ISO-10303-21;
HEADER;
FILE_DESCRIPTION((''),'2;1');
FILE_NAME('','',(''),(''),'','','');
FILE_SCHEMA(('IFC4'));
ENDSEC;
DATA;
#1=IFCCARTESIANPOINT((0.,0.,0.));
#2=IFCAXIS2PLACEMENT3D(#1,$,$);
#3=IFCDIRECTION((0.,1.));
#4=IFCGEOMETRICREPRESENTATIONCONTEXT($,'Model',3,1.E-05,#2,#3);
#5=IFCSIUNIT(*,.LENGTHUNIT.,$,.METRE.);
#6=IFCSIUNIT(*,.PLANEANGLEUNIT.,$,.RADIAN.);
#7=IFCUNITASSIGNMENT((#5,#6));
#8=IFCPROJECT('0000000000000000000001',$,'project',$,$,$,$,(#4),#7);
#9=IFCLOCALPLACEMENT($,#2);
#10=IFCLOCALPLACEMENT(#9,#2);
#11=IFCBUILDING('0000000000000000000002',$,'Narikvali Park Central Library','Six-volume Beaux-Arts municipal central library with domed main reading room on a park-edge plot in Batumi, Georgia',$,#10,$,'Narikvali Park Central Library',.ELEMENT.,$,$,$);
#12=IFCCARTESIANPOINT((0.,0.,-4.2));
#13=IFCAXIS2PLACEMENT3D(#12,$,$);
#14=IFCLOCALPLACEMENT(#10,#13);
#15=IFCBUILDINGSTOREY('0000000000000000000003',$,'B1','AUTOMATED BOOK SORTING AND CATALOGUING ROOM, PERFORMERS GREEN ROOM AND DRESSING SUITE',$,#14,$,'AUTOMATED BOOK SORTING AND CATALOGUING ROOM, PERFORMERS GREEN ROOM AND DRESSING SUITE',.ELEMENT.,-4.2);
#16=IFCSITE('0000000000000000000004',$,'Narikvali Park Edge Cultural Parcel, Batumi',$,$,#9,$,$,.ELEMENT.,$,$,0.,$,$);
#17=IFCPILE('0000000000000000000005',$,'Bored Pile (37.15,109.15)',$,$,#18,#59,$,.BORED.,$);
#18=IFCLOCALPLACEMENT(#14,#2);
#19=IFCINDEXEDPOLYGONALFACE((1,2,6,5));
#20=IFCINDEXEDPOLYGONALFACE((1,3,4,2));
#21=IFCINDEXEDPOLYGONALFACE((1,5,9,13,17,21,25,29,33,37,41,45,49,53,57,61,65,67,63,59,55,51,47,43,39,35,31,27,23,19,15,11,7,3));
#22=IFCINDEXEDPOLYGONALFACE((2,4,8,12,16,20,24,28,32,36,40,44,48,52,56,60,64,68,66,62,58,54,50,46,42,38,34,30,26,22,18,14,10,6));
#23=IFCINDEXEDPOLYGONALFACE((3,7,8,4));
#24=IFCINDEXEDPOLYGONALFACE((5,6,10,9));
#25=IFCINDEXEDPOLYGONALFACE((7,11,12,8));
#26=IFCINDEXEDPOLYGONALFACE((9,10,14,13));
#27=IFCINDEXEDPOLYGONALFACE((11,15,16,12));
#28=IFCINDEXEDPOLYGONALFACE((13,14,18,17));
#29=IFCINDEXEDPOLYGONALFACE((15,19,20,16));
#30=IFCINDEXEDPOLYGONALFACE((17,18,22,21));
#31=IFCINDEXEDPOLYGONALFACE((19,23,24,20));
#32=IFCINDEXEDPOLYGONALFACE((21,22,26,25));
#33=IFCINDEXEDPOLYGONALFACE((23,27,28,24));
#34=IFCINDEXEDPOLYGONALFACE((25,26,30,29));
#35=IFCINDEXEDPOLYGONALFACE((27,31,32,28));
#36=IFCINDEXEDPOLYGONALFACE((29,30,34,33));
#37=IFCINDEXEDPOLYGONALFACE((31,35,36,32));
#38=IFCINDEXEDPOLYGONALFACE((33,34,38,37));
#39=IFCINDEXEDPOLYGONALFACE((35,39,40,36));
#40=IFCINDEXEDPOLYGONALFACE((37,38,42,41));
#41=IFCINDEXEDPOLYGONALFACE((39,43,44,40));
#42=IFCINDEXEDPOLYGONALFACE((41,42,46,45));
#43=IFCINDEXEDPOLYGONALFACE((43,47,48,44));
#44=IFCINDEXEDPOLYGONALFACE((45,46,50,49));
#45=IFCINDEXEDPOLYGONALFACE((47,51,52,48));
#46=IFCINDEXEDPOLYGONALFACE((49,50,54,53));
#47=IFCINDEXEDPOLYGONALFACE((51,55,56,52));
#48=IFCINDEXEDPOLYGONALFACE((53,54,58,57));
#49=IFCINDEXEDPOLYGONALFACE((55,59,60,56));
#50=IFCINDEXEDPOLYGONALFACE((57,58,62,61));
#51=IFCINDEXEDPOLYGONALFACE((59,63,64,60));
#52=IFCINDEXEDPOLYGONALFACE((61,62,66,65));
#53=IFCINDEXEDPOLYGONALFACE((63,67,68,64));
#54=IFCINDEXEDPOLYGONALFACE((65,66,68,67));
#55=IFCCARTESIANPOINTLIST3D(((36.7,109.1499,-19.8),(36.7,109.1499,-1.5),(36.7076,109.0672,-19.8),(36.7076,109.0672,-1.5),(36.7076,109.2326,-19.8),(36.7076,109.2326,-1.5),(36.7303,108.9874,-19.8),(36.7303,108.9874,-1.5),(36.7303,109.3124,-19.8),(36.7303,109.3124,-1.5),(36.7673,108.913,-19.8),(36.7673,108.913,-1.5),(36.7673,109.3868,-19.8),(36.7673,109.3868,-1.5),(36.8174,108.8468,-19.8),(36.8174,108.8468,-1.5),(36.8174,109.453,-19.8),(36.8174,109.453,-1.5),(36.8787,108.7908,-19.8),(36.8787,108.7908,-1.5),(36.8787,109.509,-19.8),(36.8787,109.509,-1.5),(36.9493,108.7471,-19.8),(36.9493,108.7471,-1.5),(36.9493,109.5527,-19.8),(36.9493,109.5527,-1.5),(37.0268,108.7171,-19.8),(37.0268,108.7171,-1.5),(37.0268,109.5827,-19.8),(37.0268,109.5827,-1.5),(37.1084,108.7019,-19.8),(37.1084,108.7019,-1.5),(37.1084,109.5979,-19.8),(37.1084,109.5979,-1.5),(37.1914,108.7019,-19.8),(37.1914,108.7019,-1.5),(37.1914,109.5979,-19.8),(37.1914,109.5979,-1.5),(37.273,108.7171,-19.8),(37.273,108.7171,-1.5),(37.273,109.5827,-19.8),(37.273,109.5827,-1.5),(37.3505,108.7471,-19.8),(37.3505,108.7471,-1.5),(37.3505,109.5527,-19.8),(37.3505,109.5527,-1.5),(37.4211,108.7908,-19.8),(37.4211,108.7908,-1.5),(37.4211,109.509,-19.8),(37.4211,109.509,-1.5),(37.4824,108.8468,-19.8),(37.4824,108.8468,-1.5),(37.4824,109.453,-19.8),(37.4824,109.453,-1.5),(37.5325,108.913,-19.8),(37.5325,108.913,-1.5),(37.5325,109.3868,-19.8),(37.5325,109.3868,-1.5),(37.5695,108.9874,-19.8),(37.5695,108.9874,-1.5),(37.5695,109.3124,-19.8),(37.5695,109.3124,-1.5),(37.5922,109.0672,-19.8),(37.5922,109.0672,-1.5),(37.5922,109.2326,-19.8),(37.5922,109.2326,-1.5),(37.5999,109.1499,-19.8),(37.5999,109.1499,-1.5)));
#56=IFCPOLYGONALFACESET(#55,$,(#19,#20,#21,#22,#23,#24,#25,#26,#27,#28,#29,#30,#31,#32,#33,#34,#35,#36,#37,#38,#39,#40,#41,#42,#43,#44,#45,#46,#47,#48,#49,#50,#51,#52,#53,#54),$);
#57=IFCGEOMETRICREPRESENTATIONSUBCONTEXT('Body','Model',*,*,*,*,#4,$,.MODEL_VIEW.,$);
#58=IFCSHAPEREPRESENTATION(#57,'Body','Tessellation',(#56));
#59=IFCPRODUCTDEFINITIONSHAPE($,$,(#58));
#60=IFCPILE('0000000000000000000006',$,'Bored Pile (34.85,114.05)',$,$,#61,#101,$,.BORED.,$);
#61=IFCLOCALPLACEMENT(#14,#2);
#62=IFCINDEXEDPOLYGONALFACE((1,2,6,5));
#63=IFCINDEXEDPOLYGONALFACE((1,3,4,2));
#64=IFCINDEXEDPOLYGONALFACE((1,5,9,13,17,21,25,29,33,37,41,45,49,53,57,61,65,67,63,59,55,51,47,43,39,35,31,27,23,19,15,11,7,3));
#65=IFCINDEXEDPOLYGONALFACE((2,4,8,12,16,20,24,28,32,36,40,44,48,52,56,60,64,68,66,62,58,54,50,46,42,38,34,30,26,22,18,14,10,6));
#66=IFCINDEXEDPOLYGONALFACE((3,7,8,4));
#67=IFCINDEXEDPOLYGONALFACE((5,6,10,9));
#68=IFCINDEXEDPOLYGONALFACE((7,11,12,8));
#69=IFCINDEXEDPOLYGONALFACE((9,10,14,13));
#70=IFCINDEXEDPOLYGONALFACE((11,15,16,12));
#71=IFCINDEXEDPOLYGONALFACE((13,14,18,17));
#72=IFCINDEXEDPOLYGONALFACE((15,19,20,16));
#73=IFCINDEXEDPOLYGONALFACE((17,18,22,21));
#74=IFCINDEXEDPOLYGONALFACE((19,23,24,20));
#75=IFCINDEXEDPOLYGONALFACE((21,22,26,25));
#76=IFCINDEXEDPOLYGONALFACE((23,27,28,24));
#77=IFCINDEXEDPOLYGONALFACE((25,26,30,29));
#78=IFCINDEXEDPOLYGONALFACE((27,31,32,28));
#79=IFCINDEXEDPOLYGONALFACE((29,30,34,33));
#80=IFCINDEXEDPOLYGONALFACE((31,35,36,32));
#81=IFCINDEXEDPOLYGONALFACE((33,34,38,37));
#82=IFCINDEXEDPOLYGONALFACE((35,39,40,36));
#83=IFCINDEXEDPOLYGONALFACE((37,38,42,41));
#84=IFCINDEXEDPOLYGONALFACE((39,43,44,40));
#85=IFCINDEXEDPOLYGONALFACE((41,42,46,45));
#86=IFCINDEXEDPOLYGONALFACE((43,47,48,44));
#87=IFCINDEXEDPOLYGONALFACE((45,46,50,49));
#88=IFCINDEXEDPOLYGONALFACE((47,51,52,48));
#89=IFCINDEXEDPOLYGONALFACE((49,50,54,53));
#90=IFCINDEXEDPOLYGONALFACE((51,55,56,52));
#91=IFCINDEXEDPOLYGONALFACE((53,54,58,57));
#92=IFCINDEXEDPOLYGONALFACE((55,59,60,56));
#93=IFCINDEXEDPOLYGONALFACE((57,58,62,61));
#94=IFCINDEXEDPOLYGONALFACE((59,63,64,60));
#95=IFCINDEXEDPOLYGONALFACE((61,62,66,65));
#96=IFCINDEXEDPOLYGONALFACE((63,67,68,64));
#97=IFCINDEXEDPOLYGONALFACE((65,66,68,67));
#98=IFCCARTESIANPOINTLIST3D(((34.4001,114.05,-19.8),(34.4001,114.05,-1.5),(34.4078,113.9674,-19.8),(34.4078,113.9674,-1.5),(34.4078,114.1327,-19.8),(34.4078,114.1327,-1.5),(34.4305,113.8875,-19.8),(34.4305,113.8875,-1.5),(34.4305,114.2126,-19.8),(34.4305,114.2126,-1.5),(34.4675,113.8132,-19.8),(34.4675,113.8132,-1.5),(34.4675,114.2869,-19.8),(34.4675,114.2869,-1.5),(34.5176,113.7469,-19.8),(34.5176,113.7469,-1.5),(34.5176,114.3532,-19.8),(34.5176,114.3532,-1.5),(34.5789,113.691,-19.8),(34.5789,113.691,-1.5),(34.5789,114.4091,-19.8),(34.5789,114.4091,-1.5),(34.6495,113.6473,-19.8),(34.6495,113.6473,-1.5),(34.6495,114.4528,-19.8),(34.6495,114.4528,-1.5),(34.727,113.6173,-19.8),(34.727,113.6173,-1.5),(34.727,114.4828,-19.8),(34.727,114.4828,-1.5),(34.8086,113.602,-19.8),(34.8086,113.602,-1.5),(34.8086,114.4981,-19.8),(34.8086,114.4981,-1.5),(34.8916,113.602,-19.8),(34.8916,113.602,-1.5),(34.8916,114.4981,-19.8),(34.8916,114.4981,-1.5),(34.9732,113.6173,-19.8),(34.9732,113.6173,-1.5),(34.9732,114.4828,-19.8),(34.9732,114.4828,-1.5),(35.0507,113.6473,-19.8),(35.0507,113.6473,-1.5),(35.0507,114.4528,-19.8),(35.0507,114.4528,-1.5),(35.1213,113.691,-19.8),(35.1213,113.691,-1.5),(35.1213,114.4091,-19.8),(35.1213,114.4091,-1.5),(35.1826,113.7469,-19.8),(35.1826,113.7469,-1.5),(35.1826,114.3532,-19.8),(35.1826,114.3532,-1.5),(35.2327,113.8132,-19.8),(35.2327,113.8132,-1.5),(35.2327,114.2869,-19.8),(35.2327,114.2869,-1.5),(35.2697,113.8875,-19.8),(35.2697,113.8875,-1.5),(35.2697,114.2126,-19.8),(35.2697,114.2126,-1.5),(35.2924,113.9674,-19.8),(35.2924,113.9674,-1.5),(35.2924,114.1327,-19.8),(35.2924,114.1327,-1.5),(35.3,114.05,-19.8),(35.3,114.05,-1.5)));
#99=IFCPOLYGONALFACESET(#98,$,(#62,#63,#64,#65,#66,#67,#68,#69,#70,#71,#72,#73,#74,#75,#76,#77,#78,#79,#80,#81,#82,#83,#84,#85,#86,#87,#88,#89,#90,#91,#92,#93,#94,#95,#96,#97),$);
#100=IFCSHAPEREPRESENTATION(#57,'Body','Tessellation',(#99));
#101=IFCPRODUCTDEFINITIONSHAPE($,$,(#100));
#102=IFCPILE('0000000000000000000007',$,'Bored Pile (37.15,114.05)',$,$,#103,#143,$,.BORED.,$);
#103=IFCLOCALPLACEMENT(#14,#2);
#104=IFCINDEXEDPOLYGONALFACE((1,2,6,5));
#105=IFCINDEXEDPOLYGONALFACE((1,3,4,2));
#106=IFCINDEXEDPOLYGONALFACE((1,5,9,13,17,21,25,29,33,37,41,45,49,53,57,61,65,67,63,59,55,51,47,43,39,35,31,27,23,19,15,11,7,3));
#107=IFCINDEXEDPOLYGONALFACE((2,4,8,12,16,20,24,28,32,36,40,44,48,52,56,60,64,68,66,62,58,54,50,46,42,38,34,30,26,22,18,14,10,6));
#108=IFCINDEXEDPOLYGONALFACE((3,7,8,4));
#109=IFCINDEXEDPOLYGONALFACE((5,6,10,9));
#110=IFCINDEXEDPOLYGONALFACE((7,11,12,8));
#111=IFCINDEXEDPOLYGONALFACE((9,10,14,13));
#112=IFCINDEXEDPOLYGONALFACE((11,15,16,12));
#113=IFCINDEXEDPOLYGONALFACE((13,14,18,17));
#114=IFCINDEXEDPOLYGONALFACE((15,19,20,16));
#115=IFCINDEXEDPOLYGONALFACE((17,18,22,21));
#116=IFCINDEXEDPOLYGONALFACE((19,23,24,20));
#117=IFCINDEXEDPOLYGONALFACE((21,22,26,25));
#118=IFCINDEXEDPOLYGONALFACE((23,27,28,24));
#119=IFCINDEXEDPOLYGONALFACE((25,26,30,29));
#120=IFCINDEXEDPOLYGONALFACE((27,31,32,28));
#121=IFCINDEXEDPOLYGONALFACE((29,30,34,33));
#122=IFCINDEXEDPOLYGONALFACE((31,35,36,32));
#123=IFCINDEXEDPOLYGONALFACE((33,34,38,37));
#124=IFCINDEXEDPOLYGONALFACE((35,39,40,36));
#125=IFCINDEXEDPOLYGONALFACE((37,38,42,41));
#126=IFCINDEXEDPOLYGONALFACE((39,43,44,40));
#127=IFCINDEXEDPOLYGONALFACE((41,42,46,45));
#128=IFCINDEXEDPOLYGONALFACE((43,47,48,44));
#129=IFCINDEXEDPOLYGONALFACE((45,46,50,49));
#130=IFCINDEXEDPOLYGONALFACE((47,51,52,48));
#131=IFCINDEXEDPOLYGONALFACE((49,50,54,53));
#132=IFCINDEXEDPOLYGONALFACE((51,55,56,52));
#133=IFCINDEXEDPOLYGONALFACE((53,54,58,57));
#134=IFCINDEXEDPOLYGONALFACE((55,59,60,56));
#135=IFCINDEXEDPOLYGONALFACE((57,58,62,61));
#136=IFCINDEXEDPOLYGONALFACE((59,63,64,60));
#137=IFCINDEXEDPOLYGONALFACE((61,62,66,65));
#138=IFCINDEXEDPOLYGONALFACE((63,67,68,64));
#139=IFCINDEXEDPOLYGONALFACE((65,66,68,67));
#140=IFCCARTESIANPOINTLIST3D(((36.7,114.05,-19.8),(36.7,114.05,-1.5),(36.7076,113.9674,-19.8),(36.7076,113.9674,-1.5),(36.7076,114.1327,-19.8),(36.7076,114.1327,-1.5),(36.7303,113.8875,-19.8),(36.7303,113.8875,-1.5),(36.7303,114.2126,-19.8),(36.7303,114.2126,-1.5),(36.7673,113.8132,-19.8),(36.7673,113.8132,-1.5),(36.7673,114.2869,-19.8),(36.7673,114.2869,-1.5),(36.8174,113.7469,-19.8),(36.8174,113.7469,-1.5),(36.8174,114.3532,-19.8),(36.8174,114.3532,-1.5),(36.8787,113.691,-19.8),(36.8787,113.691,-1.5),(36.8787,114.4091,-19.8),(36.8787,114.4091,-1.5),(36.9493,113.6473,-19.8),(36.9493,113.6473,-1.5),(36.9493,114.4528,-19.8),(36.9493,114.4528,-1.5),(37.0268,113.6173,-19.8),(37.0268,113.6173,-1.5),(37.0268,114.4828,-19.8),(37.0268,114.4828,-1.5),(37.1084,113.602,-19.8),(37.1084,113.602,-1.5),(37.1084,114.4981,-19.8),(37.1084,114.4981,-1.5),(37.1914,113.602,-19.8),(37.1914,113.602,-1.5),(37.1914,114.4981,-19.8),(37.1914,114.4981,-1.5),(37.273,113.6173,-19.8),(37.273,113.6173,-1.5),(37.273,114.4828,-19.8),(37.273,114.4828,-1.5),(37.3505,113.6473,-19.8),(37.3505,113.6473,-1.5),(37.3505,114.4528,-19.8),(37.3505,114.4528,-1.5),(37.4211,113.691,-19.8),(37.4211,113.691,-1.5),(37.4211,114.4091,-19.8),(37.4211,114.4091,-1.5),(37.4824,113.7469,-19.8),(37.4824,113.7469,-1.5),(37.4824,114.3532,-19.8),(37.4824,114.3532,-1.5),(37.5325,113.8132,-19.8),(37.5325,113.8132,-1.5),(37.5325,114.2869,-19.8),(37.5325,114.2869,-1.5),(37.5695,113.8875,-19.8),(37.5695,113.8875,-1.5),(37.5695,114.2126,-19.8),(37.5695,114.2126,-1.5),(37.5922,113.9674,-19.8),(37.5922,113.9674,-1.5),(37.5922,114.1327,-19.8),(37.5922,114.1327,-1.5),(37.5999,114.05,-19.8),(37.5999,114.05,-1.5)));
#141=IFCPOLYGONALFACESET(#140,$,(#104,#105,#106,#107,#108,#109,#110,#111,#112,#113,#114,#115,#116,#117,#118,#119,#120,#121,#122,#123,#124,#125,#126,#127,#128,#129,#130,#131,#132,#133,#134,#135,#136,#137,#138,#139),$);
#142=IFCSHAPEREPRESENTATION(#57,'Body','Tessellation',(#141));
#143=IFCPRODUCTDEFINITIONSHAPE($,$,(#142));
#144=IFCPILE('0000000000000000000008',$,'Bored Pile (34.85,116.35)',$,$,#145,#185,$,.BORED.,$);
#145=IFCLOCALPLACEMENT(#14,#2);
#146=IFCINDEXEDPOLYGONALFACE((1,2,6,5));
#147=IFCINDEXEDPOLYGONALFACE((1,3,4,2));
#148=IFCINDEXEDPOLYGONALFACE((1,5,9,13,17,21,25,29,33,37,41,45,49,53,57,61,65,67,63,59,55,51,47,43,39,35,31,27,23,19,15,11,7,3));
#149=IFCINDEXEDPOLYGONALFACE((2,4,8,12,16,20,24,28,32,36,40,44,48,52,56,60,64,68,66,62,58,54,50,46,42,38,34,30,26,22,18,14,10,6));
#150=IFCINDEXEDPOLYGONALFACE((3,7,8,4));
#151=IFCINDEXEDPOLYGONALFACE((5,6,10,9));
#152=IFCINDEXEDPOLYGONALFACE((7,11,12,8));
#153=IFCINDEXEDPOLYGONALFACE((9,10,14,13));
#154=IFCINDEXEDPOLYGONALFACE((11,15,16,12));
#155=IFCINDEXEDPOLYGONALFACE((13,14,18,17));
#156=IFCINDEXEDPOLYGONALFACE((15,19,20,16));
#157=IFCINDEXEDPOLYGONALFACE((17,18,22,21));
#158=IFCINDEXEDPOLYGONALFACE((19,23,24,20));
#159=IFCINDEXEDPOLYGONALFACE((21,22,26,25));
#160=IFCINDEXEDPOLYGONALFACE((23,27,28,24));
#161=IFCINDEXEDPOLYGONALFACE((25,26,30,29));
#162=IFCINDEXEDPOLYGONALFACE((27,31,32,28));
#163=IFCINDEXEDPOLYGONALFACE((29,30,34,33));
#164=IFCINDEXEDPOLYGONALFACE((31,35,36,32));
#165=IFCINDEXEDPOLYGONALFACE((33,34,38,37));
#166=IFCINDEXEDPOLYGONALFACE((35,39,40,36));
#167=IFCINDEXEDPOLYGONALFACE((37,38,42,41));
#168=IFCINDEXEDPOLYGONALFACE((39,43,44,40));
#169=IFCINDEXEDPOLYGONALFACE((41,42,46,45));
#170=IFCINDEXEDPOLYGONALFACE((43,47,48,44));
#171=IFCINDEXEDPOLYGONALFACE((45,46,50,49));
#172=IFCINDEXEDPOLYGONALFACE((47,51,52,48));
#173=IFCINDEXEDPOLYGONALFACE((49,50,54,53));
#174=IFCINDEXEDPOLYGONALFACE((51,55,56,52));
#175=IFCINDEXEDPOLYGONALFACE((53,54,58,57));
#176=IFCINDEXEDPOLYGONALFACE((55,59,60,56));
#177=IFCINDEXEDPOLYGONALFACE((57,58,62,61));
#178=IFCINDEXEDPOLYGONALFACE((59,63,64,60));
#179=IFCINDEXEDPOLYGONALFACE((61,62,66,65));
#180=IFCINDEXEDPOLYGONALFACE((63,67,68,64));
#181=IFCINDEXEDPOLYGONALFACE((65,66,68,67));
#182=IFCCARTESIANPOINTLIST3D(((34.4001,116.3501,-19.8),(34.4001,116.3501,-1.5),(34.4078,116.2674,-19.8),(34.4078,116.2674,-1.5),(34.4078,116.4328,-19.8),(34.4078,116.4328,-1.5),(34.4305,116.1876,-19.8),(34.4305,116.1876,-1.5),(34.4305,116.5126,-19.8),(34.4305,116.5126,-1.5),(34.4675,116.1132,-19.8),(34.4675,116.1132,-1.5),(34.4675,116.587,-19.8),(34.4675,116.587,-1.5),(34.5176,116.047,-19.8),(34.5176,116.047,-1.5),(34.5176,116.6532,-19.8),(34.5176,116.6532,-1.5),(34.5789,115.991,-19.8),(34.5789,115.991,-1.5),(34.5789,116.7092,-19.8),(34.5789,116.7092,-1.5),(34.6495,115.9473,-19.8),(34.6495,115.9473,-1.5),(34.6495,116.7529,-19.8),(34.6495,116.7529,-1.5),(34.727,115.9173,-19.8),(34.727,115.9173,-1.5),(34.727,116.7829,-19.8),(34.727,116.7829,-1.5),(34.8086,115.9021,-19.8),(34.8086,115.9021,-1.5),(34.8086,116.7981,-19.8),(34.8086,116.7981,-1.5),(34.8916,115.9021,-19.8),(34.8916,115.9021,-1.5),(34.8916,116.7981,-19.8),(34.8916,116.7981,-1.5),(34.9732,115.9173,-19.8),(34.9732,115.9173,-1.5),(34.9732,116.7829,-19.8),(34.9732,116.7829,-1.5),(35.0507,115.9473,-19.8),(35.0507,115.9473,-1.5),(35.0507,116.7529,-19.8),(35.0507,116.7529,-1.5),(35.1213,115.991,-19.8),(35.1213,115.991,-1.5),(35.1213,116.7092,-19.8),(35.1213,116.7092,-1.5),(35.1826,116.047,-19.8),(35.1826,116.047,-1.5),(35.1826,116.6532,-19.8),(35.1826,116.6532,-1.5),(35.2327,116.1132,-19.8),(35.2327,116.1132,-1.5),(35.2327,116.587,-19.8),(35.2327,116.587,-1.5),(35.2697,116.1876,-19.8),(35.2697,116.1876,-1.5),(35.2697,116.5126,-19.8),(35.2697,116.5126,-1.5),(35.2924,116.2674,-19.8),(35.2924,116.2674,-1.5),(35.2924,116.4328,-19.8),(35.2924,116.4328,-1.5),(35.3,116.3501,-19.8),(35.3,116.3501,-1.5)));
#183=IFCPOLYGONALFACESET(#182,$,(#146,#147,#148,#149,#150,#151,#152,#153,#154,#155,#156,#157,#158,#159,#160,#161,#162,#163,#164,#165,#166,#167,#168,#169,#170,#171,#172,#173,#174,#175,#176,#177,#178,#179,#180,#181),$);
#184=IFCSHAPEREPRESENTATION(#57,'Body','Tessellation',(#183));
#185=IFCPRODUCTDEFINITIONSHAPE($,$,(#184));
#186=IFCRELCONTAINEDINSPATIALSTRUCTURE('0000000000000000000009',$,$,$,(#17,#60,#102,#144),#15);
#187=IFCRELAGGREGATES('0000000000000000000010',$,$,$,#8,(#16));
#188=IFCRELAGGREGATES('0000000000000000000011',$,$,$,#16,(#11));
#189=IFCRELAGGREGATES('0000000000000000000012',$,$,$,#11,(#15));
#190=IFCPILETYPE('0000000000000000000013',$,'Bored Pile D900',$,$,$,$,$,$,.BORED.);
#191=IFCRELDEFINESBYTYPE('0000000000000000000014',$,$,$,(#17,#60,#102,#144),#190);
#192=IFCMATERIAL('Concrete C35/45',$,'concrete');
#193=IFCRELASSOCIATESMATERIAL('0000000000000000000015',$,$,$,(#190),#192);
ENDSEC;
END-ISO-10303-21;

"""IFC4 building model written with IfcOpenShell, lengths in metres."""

from ifc_helpers import new_model, si_unit, direction, frame, origin, origin_2d, place, context, subcontext, project, spatial, circle, extrude, material, material_profile, profile_set, type_object, element, save


model = new_model("IFC4")

# Units and contexts
model_context = context("Model", 3, precision=1e-05, world=origin(), true_north=direction((0.0, 1.0)))
body_context = subcontext(model_context, "Body", "Model", "MODEL_VIEW")
ifc_project = project(units=[si_unit("LENGTHUNIT", "METRE"), si_unit("PLANEANGLEUNIT", "RADIAN")], contexts=[model_context])

# Site, building, storey
site_placement = place(None, origin())
site = spatial("IfcSite", under=ifc_project, at=site_placement, Name="Narikvali Park Edge Cultural Parcel, Batumi", CompositionType="ELEMENT", RefElevation=0.0)
building_placement = place(site_placement, origin())
building = spatial("IfcBuilding", under=site, at=building_placement, Name="Narikvali Park Central Library", Description="Six-volume Beaux-Arts municipal central library with domed main reading room on a park-edge plot in Batumi, Georgia", LongName="Narikvali Park Central Library", CompositionType="ELEMENT")
storey_placement = place(building_placement, frame((0.0, 0.0, -4.2)))
storey = spatial("IfcBuildingStorey", under=building, at=storey_placement, Name="B1", Description="AUTOMATED BOOK SORTING AND CATALOGUING ROOM, PERFORMERS GREEN ROOM AND DRESSING SUITE", LongName="AUTOMATED BOOK SORTING AND CATALOGUING ROOM, PERFORMERS GREEN ROOM AND DRESSING SUITE", CompositionType="ELEMENT", Elevation=-4.2)

# Piles
ifc_material_1 = material(Name="Concrete C35/45", Category="concrete")
ifc_material_profile_1 = material_profile(ifc_material_1, circle(Radius=0.45, at=origin_2d()), Name="PILE D900")
ifc_profile_set_1 = profile_set([ifc_material_profile_1], Name="Concrete C35/45")
pile_type = type_object("IfcPileType", Name="Bored Pile D900", PredefinedType="BORED", material=ifc_profile_set_1)
for number, where, z_axis, x_axis, name in (
    (1, (37.1499, 109.1499, -1.5), (0.0, 0.0, -1.0), (1.0, 0.0, 0.0), "Bored Pile (37.15,109.15)"),
    (2, (34.8501, 114.05, -1.5), (0.0, 0.0, -1.0), (1.0, 0.0, 0.0), "Bored Pile (34.85,114.05)"),
    (3, (37.1499, 114.05, -1.5), (0.0, 0.0, -1.0), (1.0, 0.0, 0.0), "Bored Pile (37.15,114.05)"),
    (4, (34.8501, 116.3501, -1.5), (0.0, 0.0, -1.0), (1.0, 0.0, 0.0), "Bored Pile (34.85,116.35)"),
):
    element("IfcPile", number, at=place(storey_placement, frame(where, z_axis=z_axis, x_axis=x_axis)), inside=storey, type_object=pile_type, Name=name, PredefinedType="BORED", context=body_context, shape_type="SweptSolid", body=[
        extrude(circle(Radius=0.45, at=origin_2d()), origin(), (0.0, 0.0, 1.0), 18.3),
    ])

save(model, "model.ifc")
